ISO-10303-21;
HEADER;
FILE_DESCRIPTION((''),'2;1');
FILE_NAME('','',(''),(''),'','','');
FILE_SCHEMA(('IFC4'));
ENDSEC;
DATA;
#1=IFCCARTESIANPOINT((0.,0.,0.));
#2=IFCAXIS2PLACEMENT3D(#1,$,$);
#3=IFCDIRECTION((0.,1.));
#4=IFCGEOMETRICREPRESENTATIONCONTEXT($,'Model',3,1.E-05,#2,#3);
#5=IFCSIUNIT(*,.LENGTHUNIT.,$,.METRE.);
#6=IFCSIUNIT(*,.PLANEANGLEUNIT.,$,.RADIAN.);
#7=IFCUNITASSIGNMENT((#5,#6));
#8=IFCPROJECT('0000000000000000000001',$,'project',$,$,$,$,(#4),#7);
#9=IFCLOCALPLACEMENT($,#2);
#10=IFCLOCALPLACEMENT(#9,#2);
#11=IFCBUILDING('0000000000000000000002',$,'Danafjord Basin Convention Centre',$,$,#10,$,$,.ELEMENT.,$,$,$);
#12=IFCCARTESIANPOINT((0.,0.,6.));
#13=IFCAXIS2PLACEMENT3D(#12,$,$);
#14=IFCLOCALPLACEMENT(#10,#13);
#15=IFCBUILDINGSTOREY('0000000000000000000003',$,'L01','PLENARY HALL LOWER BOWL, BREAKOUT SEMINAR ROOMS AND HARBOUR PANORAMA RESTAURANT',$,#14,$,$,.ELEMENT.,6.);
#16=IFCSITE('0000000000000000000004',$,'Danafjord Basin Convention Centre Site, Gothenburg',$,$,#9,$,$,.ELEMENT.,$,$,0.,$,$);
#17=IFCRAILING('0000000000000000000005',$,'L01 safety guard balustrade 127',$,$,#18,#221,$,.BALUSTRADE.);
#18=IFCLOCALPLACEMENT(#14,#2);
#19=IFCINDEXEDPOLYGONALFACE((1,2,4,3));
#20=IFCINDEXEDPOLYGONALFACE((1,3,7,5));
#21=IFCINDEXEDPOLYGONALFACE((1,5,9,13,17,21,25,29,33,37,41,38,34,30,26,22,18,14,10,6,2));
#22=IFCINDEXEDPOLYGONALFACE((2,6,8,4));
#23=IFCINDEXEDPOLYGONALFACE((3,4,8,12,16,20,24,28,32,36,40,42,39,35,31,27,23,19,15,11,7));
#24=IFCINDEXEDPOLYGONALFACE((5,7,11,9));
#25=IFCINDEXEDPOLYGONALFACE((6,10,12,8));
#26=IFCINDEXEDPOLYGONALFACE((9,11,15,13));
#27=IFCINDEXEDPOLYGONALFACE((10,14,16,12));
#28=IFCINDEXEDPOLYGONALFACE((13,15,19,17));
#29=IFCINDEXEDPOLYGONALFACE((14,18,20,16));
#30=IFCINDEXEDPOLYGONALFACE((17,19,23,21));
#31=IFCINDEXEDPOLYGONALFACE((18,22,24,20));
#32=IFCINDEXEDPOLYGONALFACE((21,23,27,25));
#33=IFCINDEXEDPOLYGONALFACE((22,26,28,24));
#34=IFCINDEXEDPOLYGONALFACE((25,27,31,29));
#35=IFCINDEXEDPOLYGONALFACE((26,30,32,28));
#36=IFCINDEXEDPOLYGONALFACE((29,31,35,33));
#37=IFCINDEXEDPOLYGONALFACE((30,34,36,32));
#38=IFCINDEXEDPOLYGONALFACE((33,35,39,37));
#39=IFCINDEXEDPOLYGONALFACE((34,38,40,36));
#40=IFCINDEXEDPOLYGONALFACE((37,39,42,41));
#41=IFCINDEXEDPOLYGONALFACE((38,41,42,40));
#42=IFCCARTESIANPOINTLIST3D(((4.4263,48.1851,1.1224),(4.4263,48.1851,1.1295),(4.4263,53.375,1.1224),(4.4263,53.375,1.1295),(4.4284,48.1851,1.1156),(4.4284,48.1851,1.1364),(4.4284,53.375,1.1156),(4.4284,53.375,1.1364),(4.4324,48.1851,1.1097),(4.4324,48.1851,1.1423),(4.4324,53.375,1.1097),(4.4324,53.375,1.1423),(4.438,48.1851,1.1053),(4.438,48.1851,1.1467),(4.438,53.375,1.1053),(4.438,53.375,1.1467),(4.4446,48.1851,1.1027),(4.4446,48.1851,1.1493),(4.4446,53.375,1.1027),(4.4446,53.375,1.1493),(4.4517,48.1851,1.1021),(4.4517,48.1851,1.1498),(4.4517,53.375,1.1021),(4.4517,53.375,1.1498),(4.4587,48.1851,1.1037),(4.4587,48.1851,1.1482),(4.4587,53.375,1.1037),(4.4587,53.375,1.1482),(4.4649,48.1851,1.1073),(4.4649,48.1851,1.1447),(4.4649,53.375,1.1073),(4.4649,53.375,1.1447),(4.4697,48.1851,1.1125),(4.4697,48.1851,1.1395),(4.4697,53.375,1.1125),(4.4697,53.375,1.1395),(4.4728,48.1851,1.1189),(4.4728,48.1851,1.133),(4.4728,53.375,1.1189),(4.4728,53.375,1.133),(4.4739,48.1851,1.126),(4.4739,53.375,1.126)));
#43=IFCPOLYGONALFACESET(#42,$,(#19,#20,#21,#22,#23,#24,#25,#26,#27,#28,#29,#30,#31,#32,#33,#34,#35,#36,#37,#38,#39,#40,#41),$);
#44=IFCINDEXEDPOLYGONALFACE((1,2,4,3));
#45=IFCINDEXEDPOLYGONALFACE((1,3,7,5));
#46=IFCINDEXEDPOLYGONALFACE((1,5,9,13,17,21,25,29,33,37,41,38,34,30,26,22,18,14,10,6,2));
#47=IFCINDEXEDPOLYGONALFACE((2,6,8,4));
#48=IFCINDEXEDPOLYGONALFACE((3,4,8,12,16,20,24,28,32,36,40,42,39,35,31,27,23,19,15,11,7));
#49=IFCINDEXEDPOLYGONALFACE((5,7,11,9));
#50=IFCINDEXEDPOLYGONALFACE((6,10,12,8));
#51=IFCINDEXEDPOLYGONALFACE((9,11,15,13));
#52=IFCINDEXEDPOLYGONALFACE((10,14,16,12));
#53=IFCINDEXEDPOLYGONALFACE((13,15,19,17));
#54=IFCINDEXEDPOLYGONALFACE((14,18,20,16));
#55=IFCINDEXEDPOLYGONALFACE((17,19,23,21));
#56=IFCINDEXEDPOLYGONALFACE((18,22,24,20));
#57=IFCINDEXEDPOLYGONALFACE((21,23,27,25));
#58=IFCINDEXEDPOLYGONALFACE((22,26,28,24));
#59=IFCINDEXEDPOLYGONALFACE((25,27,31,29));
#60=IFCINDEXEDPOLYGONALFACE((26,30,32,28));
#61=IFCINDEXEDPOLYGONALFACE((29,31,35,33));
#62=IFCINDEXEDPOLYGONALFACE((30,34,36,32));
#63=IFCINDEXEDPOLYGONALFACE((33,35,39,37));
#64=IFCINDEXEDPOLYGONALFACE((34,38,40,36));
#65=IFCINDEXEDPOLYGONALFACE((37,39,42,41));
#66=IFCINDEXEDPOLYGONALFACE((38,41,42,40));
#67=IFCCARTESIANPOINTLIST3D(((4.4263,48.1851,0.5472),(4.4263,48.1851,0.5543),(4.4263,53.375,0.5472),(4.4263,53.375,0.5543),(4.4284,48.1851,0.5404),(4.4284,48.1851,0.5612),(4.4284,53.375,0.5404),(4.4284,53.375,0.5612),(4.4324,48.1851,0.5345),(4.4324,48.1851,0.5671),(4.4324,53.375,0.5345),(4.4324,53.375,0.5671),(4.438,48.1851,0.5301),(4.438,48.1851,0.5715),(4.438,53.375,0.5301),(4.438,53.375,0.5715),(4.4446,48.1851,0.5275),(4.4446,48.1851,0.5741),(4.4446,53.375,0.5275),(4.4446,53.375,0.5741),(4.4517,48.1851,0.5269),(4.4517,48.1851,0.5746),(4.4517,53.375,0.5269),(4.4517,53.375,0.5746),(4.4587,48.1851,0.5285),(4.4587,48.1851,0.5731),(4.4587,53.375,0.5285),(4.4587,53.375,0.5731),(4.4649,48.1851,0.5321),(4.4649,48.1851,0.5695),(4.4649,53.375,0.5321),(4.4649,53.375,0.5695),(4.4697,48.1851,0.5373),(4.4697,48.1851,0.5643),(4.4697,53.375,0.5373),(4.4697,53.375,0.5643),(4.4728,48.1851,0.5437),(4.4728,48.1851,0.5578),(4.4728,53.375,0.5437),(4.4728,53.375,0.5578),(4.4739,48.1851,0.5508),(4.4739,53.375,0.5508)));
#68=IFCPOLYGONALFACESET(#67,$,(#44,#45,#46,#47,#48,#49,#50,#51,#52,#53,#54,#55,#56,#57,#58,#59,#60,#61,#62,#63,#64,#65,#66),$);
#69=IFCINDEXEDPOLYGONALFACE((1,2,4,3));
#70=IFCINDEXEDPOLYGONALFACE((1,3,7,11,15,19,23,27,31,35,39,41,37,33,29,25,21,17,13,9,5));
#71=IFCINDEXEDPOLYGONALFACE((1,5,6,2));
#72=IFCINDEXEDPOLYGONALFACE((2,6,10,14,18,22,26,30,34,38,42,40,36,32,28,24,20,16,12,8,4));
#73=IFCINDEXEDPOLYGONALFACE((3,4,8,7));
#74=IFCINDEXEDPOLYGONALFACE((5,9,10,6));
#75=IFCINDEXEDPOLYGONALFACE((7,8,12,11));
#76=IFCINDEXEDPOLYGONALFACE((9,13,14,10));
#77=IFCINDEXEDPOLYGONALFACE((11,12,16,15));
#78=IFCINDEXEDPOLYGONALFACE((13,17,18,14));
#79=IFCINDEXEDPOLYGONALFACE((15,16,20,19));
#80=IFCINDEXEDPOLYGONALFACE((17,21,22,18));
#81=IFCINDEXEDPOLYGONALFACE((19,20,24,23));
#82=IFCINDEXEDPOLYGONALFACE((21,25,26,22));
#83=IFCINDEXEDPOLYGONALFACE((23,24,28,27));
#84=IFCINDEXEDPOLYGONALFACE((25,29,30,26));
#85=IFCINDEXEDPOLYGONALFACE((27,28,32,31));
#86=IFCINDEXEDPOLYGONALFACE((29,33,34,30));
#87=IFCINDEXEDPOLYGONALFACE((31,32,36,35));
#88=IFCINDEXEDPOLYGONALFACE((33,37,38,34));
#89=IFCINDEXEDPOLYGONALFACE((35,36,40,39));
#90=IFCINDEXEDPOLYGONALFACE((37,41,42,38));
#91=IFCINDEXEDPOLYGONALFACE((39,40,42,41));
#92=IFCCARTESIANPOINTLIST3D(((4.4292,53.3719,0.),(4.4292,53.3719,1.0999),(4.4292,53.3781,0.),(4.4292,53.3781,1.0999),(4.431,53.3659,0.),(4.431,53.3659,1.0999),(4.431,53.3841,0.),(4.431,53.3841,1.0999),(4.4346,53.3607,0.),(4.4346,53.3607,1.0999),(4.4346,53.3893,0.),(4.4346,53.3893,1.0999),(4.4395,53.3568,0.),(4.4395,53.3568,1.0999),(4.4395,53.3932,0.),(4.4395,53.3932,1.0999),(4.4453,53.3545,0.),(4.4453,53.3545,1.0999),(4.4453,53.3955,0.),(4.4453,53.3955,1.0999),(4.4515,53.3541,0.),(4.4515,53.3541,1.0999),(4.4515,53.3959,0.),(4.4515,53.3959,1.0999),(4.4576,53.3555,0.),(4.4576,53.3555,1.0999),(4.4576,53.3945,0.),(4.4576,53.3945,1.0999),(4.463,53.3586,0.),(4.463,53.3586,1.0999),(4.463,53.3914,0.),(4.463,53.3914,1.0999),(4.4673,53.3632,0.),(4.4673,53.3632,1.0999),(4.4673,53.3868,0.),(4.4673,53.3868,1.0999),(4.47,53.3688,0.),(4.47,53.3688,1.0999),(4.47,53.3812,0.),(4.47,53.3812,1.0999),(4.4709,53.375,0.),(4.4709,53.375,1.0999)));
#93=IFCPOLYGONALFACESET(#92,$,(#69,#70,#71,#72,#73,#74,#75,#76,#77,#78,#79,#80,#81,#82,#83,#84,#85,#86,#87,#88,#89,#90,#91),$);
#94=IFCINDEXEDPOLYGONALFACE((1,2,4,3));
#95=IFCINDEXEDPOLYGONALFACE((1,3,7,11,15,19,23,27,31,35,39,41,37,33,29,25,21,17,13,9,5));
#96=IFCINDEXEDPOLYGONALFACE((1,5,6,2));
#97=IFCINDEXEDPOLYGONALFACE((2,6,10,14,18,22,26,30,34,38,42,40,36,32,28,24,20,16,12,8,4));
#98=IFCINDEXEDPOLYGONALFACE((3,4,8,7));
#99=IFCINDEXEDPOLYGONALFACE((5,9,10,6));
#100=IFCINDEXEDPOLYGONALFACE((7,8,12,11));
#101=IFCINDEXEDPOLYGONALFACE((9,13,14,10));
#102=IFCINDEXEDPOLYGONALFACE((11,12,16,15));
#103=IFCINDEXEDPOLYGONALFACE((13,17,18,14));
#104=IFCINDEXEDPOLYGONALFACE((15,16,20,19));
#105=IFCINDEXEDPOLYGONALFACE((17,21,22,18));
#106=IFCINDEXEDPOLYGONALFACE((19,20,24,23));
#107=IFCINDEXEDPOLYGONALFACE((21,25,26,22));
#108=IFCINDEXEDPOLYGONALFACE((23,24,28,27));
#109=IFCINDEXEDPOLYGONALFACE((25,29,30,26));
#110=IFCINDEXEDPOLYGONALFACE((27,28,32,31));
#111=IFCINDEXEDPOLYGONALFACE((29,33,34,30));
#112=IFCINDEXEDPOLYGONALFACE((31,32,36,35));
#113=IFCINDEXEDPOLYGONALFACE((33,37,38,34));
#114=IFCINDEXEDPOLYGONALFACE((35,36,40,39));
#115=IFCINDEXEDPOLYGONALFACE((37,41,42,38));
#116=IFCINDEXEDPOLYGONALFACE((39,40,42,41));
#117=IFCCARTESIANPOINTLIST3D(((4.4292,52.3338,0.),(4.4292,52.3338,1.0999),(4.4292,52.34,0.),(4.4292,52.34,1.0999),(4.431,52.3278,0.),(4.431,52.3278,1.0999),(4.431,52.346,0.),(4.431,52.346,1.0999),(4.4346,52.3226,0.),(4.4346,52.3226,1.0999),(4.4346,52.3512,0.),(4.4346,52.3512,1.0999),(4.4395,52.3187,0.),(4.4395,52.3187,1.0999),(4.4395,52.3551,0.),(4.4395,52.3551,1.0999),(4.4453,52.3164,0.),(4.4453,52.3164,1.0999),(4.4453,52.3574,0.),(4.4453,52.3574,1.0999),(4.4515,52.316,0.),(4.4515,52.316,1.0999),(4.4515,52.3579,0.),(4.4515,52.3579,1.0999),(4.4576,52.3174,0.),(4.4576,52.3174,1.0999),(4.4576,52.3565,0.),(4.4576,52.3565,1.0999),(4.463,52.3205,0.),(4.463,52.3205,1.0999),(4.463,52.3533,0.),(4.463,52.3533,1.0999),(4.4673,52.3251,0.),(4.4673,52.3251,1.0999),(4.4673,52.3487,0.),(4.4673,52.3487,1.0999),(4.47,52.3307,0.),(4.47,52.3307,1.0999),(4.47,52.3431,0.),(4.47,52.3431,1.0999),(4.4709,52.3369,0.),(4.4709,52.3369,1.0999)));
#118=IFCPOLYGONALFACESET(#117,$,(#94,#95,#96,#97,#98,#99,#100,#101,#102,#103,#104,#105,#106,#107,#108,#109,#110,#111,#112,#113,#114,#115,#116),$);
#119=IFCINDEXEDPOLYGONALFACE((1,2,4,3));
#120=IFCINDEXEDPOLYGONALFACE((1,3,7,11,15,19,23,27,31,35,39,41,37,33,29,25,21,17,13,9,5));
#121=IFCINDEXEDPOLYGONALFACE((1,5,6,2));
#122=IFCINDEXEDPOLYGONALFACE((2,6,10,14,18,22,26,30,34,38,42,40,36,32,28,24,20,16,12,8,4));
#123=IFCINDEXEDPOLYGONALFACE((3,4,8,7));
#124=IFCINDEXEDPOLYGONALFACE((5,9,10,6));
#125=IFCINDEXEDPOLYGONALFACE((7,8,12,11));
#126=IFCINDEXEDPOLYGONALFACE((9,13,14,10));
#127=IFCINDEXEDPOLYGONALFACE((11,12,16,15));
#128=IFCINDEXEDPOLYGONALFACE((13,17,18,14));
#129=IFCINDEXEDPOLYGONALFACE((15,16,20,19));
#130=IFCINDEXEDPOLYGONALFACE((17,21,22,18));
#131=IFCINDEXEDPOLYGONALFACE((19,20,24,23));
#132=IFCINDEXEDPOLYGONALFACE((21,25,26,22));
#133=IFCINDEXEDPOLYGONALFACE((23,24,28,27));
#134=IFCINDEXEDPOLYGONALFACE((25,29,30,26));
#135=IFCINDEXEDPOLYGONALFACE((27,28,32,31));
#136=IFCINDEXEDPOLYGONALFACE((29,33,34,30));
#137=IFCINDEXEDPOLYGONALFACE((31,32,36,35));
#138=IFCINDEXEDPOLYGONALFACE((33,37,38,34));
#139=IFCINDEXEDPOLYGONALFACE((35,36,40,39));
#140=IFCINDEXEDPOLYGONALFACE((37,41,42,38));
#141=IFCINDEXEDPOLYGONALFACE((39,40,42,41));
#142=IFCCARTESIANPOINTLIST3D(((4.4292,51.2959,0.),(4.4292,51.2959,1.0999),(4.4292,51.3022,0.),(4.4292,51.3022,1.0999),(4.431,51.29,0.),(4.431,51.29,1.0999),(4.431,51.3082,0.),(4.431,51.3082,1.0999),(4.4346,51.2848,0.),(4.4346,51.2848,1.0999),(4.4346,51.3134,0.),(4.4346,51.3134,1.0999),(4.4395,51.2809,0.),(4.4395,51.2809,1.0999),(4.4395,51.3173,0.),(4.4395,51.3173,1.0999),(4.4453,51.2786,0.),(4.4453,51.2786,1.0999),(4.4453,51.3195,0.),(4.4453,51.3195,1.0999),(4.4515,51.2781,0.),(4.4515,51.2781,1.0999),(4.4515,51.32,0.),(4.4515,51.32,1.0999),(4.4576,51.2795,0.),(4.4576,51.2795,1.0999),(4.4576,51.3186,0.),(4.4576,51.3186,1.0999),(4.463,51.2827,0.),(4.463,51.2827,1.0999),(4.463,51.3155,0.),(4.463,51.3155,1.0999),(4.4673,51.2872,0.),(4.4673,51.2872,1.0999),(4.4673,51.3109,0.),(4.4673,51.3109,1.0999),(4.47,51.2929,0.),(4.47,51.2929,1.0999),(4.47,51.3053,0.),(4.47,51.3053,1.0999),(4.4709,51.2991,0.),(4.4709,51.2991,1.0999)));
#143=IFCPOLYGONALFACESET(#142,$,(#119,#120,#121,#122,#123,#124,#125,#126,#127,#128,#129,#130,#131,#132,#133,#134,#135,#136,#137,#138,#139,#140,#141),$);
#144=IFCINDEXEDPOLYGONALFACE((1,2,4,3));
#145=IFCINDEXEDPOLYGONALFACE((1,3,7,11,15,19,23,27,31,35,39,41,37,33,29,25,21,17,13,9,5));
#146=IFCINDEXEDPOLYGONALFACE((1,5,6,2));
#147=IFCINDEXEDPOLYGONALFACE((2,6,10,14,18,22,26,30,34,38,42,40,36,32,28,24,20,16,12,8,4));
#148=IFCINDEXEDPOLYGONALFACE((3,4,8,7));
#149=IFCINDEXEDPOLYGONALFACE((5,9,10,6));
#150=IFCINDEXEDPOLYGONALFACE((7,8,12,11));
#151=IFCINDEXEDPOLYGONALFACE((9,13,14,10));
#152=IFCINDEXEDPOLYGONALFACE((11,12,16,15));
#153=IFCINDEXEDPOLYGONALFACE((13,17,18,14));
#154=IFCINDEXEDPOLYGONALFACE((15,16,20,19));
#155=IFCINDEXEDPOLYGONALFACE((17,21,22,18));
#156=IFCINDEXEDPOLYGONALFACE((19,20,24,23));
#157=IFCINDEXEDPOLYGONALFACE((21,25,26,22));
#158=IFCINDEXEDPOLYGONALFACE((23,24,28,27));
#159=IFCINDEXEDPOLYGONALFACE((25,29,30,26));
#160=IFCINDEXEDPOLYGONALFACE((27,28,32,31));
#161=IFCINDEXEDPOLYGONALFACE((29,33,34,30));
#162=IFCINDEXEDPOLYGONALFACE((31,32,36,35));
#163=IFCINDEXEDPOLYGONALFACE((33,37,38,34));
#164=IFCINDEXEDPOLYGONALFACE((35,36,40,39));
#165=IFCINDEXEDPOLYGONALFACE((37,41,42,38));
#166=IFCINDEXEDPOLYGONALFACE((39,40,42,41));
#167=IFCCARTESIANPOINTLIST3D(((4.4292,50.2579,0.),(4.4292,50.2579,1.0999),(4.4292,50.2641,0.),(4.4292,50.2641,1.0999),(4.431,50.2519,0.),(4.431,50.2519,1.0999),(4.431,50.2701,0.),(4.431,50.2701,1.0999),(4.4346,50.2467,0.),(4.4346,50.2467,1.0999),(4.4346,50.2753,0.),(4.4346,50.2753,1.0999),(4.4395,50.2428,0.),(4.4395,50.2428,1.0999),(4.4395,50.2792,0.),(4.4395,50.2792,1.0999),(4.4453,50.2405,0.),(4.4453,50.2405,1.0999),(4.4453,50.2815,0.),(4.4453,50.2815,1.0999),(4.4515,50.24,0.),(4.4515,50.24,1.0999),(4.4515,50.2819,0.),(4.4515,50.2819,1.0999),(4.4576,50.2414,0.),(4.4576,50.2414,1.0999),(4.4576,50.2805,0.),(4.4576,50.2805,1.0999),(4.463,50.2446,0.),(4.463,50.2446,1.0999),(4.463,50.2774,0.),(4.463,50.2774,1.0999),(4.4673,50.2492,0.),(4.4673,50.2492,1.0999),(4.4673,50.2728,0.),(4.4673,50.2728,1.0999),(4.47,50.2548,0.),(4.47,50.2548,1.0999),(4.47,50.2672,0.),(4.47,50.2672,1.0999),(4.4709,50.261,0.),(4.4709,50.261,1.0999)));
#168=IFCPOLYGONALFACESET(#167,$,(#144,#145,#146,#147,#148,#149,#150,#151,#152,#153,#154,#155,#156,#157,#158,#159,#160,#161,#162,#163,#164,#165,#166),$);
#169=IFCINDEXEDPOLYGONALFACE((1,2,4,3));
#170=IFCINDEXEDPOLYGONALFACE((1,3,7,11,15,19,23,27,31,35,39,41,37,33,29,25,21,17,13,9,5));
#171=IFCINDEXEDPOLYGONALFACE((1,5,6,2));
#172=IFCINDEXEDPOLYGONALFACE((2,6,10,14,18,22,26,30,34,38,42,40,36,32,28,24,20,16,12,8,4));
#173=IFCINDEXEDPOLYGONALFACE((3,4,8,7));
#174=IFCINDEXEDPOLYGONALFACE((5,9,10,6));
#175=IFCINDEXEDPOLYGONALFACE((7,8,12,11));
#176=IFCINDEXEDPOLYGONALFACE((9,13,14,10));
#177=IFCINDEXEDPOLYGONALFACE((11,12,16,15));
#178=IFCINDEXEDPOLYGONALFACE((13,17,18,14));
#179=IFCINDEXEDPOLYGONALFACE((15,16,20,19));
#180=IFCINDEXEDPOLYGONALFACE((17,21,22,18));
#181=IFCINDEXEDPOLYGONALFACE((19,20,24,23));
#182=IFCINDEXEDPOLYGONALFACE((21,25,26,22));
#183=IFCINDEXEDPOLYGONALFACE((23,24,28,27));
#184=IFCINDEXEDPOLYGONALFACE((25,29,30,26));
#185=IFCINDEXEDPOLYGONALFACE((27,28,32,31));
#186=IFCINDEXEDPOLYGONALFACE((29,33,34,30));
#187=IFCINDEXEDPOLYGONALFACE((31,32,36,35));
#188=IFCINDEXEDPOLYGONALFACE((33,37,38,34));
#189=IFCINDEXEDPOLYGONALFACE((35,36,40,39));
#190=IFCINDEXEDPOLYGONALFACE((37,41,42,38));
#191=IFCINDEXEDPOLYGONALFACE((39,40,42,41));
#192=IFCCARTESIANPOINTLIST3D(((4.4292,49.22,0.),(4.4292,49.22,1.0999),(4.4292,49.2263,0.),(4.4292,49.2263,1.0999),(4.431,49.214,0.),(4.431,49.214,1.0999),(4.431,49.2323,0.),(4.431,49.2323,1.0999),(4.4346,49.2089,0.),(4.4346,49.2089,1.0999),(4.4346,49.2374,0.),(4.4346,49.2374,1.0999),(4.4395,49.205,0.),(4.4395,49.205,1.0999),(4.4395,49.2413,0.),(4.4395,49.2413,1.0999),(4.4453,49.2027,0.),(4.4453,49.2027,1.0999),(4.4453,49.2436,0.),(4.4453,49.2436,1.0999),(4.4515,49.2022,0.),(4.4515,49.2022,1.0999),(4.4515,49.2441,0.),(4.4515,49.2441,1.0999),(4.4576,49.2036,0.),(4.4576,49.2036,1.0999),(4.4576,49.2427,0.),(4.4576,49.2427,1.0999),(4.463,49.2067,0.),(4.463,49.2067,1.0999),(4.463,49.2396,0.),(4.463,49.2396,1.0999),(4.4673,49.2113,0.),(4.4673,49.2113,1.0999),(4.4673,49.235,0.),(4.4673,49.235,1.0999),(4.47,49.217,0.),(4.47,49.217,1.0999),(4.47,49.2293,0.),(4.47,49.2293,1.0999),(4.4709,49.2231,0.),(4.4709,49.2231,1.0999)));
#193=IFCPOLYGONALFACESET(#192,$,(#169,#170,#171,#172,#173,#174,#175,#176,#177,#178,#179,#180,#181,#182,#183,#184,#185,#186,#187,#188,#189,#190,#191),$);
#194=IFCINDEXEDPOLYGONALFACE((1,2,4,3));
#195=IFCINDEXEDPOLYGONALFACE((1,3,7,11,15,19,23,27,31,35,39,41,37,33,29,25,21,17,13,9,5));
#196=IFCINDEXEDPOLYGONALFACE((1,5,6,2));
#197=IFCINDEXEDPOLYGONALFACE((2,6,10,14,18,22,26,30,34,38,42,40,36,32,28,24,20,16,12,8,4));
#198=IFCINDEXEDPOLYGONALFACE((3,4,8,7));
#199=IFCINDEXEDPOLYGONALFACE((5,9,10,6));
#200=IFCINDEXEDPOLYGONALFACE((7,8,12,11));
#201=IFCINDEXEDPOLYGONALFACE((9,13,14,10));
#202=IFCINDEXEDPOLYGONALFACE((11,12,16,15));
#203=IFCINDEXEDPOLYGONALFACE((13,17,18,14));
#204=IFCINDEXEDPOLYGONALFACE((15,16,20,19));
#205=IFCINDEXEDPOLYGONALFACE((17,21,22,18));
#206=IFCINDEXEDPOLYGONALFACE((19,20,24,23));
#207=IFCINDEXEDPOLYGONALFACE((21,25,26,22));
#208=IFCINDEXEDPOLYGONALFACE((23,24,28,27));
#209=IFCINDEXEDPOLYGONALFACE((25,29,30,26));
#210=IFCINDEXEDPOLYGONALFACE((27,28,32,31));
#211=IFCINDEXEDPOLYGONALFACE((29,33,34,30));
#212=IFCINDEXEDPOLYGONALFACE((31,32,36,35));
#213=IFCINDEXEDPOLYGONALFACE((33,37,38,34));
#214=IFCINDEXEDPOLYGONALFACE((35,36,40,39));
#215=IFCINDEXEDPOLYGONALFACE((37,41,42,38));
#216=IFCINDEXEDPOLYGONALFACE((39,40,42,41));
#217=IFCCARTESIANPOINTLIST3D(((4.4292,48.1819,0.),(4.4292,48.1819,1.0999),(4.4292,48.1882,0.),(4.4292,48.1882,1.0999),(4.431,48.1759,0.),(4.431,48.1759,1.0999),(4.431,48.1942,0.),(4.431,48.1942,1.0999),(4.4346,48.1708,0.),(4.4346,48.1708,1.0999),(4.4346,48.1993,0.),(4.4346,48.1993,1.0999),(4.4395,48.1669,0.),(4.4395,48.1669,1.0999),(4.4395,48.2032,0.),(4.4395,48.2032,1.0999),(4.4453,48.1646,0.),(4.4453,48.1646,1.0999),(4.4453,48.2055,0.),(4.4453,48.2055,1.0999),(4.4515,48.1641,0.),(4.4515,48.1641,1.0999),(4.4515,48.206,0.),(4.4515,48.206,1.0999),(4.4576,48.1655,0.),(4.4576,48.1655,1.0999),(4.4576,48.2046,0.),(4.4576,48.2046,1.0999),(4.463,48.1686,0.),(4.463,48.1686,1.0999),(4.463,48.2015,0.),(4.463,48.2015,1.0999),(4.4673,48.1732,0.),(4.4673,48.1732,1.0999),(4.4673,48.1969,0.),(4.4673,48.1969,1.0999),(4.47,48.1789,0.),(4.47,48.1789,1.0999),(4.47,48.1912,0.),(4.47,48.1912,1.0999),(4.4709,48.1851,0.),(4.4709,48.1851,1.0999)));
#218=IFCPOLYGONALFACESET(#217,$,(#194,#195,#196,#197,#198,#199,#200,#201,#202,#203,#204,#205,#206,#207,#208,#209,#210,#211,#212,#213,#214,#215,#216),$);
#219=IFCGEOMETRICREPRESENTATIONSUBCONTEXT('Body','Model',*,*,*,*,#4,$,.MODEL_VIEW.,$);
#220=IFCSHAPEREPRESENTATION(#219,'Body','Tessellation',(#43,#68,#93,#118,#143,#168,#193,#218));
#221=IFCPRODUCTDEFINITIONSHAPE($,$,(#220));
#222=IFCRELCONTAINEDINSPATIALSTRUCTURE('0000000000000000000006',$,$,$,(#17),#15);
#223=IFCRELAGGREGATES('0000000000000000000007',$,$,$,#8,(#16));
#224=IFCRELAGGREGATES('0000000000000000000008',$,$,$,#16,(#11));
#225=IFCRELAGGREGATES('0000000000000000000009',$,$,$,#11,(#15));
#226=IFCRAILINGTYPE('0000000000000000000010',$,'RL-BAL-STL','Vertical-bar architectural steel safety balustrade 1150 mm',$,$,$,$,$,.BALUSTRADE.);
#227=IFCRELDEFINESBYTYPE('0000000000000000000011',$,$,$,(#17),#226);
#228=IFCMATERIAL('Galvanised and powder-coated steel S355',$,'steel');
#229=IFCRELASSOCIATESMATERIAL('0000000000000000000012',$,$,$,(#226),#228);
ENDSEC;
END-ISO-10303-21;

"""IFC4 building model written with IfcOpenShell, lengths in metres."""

from ifc_helpers import new_model, si_unit, direction, frame, origin, origin_2d, place, context, subcontext, project, spatial, circle, extrude, material, type_object, element, save


model = new_model("IFC4")

# Units and contexts
model_context = context("Model", 3, precision=1e-05, world=origin(), true_north=direction((0.0, 1.0)))
body_context = subcontext(model_context, "Body", "Model", "MODEL_VIEW")
ifc_project = project(units=[si_unit("LENGTHUNIT", "METRE"), si_unit("PLANEANGLEUNIT", "RADIAN")], contexts=[model_context])

# Site, building, storey
site_placement = place(None, origin())
site = spatial("IfcSite", under=ifc_project, at=site_placement, Name="Danafjord Basin Convention Centre Site, Gothenburg", CompositionType="ELEMENT", RefElevation=0.0)
building_placement = place(site_placement, origin())
building = spatial("IfcBuilding", under=site, at=building_placement, Name="Danafjord Basin Convention Centre", CompositionType="ELEMENT")
storey_placement = place(building_placement, frame((0.0, 0.0, 6.0)))
storey = spatial("IfcBuildingStorey", under=building, at=storey_placement, Name="L01", Description="PLENARY HALL LOWER BOWL, BREAKOUT SEMINAR ROOMS AND HARBOUR PANORAMA RESTAURANT", CompositionType="ELEMENT", Elevation=6.0)

# Railing
ifc_material_1 = material(Name="Galvanised and powder-coated steel S355", Category="steel")
railing_type_1 = type_object("IfcRailingType", Name="RL-BAL-STL", Description="Vertical-bar architectural steel safety balustrade 1150 mm", PredefinedType="BALUSTRADE", material=ifc_material_1)
railing_1_placement = place(storey_placement, frame((4.45, 53.375, 0.0)))
element("IfcRailing", 1, at=railing_1_placement, inside=storey, type_object=railing_type_1, Name="L01 safety guard balustrade 127", PredefinedType="BALUSTRADE", context=body_context, shape_type="SweptSolid", body=[
    extrude(circle(Radius=0.0239, at=origin_2d()), frame((0.0, 0.0, 1.126), z_axis=(0.0, -1.0, 0.0), x_axis=(1.0, 0.0, 0.0)), (0.0, 0.0, 1.0), 5.1899),
    extrude(circle(Radius=0.0239, at=origin_2d()), frame((0.0, 0.0, 0.5508), z_axis=(0.0, -1.0, 0.0), x_axis=(1.0, 0.0, 0.0)), (0.0, 0.0, 1.0), 5.1899),
    extrude(circle(Radius=0.021, at=origin_2d()), origin(), (0.0, 0.0, 1.0), 1.0999),
    extrude(circle(Radius=0.021, at=origin_2d()), frame((0.0, -1.0381, 0.0)), (0.0, 0.0, 1.0), 1.0999),
    extrude(circle(Radius=0.021, at=origin_2d()), frame((0.0, -2.0759, 0.0)), (0.0, 0.0, 1.0), 1.0999),
    extrude(circle(Radius=0.021, at=origin_2d()), frame((0.0, -3.114, 0.0)), (0.0, 0.0, 1.0), 1.0999),
    extrude(circle(Radius=0.021, at=origin_2d()), frame((0.0, -4.1519, 0.0)), (0.0, 0.0, 1.0), 1.0999),
    extrude(circle(Radius=0.021, at=origin_2d()), frame((0.0, -5.1899, 0.0)), (0.0, 0.0, 1.0), 1.0999),
])

save(model, "model.ifc")
